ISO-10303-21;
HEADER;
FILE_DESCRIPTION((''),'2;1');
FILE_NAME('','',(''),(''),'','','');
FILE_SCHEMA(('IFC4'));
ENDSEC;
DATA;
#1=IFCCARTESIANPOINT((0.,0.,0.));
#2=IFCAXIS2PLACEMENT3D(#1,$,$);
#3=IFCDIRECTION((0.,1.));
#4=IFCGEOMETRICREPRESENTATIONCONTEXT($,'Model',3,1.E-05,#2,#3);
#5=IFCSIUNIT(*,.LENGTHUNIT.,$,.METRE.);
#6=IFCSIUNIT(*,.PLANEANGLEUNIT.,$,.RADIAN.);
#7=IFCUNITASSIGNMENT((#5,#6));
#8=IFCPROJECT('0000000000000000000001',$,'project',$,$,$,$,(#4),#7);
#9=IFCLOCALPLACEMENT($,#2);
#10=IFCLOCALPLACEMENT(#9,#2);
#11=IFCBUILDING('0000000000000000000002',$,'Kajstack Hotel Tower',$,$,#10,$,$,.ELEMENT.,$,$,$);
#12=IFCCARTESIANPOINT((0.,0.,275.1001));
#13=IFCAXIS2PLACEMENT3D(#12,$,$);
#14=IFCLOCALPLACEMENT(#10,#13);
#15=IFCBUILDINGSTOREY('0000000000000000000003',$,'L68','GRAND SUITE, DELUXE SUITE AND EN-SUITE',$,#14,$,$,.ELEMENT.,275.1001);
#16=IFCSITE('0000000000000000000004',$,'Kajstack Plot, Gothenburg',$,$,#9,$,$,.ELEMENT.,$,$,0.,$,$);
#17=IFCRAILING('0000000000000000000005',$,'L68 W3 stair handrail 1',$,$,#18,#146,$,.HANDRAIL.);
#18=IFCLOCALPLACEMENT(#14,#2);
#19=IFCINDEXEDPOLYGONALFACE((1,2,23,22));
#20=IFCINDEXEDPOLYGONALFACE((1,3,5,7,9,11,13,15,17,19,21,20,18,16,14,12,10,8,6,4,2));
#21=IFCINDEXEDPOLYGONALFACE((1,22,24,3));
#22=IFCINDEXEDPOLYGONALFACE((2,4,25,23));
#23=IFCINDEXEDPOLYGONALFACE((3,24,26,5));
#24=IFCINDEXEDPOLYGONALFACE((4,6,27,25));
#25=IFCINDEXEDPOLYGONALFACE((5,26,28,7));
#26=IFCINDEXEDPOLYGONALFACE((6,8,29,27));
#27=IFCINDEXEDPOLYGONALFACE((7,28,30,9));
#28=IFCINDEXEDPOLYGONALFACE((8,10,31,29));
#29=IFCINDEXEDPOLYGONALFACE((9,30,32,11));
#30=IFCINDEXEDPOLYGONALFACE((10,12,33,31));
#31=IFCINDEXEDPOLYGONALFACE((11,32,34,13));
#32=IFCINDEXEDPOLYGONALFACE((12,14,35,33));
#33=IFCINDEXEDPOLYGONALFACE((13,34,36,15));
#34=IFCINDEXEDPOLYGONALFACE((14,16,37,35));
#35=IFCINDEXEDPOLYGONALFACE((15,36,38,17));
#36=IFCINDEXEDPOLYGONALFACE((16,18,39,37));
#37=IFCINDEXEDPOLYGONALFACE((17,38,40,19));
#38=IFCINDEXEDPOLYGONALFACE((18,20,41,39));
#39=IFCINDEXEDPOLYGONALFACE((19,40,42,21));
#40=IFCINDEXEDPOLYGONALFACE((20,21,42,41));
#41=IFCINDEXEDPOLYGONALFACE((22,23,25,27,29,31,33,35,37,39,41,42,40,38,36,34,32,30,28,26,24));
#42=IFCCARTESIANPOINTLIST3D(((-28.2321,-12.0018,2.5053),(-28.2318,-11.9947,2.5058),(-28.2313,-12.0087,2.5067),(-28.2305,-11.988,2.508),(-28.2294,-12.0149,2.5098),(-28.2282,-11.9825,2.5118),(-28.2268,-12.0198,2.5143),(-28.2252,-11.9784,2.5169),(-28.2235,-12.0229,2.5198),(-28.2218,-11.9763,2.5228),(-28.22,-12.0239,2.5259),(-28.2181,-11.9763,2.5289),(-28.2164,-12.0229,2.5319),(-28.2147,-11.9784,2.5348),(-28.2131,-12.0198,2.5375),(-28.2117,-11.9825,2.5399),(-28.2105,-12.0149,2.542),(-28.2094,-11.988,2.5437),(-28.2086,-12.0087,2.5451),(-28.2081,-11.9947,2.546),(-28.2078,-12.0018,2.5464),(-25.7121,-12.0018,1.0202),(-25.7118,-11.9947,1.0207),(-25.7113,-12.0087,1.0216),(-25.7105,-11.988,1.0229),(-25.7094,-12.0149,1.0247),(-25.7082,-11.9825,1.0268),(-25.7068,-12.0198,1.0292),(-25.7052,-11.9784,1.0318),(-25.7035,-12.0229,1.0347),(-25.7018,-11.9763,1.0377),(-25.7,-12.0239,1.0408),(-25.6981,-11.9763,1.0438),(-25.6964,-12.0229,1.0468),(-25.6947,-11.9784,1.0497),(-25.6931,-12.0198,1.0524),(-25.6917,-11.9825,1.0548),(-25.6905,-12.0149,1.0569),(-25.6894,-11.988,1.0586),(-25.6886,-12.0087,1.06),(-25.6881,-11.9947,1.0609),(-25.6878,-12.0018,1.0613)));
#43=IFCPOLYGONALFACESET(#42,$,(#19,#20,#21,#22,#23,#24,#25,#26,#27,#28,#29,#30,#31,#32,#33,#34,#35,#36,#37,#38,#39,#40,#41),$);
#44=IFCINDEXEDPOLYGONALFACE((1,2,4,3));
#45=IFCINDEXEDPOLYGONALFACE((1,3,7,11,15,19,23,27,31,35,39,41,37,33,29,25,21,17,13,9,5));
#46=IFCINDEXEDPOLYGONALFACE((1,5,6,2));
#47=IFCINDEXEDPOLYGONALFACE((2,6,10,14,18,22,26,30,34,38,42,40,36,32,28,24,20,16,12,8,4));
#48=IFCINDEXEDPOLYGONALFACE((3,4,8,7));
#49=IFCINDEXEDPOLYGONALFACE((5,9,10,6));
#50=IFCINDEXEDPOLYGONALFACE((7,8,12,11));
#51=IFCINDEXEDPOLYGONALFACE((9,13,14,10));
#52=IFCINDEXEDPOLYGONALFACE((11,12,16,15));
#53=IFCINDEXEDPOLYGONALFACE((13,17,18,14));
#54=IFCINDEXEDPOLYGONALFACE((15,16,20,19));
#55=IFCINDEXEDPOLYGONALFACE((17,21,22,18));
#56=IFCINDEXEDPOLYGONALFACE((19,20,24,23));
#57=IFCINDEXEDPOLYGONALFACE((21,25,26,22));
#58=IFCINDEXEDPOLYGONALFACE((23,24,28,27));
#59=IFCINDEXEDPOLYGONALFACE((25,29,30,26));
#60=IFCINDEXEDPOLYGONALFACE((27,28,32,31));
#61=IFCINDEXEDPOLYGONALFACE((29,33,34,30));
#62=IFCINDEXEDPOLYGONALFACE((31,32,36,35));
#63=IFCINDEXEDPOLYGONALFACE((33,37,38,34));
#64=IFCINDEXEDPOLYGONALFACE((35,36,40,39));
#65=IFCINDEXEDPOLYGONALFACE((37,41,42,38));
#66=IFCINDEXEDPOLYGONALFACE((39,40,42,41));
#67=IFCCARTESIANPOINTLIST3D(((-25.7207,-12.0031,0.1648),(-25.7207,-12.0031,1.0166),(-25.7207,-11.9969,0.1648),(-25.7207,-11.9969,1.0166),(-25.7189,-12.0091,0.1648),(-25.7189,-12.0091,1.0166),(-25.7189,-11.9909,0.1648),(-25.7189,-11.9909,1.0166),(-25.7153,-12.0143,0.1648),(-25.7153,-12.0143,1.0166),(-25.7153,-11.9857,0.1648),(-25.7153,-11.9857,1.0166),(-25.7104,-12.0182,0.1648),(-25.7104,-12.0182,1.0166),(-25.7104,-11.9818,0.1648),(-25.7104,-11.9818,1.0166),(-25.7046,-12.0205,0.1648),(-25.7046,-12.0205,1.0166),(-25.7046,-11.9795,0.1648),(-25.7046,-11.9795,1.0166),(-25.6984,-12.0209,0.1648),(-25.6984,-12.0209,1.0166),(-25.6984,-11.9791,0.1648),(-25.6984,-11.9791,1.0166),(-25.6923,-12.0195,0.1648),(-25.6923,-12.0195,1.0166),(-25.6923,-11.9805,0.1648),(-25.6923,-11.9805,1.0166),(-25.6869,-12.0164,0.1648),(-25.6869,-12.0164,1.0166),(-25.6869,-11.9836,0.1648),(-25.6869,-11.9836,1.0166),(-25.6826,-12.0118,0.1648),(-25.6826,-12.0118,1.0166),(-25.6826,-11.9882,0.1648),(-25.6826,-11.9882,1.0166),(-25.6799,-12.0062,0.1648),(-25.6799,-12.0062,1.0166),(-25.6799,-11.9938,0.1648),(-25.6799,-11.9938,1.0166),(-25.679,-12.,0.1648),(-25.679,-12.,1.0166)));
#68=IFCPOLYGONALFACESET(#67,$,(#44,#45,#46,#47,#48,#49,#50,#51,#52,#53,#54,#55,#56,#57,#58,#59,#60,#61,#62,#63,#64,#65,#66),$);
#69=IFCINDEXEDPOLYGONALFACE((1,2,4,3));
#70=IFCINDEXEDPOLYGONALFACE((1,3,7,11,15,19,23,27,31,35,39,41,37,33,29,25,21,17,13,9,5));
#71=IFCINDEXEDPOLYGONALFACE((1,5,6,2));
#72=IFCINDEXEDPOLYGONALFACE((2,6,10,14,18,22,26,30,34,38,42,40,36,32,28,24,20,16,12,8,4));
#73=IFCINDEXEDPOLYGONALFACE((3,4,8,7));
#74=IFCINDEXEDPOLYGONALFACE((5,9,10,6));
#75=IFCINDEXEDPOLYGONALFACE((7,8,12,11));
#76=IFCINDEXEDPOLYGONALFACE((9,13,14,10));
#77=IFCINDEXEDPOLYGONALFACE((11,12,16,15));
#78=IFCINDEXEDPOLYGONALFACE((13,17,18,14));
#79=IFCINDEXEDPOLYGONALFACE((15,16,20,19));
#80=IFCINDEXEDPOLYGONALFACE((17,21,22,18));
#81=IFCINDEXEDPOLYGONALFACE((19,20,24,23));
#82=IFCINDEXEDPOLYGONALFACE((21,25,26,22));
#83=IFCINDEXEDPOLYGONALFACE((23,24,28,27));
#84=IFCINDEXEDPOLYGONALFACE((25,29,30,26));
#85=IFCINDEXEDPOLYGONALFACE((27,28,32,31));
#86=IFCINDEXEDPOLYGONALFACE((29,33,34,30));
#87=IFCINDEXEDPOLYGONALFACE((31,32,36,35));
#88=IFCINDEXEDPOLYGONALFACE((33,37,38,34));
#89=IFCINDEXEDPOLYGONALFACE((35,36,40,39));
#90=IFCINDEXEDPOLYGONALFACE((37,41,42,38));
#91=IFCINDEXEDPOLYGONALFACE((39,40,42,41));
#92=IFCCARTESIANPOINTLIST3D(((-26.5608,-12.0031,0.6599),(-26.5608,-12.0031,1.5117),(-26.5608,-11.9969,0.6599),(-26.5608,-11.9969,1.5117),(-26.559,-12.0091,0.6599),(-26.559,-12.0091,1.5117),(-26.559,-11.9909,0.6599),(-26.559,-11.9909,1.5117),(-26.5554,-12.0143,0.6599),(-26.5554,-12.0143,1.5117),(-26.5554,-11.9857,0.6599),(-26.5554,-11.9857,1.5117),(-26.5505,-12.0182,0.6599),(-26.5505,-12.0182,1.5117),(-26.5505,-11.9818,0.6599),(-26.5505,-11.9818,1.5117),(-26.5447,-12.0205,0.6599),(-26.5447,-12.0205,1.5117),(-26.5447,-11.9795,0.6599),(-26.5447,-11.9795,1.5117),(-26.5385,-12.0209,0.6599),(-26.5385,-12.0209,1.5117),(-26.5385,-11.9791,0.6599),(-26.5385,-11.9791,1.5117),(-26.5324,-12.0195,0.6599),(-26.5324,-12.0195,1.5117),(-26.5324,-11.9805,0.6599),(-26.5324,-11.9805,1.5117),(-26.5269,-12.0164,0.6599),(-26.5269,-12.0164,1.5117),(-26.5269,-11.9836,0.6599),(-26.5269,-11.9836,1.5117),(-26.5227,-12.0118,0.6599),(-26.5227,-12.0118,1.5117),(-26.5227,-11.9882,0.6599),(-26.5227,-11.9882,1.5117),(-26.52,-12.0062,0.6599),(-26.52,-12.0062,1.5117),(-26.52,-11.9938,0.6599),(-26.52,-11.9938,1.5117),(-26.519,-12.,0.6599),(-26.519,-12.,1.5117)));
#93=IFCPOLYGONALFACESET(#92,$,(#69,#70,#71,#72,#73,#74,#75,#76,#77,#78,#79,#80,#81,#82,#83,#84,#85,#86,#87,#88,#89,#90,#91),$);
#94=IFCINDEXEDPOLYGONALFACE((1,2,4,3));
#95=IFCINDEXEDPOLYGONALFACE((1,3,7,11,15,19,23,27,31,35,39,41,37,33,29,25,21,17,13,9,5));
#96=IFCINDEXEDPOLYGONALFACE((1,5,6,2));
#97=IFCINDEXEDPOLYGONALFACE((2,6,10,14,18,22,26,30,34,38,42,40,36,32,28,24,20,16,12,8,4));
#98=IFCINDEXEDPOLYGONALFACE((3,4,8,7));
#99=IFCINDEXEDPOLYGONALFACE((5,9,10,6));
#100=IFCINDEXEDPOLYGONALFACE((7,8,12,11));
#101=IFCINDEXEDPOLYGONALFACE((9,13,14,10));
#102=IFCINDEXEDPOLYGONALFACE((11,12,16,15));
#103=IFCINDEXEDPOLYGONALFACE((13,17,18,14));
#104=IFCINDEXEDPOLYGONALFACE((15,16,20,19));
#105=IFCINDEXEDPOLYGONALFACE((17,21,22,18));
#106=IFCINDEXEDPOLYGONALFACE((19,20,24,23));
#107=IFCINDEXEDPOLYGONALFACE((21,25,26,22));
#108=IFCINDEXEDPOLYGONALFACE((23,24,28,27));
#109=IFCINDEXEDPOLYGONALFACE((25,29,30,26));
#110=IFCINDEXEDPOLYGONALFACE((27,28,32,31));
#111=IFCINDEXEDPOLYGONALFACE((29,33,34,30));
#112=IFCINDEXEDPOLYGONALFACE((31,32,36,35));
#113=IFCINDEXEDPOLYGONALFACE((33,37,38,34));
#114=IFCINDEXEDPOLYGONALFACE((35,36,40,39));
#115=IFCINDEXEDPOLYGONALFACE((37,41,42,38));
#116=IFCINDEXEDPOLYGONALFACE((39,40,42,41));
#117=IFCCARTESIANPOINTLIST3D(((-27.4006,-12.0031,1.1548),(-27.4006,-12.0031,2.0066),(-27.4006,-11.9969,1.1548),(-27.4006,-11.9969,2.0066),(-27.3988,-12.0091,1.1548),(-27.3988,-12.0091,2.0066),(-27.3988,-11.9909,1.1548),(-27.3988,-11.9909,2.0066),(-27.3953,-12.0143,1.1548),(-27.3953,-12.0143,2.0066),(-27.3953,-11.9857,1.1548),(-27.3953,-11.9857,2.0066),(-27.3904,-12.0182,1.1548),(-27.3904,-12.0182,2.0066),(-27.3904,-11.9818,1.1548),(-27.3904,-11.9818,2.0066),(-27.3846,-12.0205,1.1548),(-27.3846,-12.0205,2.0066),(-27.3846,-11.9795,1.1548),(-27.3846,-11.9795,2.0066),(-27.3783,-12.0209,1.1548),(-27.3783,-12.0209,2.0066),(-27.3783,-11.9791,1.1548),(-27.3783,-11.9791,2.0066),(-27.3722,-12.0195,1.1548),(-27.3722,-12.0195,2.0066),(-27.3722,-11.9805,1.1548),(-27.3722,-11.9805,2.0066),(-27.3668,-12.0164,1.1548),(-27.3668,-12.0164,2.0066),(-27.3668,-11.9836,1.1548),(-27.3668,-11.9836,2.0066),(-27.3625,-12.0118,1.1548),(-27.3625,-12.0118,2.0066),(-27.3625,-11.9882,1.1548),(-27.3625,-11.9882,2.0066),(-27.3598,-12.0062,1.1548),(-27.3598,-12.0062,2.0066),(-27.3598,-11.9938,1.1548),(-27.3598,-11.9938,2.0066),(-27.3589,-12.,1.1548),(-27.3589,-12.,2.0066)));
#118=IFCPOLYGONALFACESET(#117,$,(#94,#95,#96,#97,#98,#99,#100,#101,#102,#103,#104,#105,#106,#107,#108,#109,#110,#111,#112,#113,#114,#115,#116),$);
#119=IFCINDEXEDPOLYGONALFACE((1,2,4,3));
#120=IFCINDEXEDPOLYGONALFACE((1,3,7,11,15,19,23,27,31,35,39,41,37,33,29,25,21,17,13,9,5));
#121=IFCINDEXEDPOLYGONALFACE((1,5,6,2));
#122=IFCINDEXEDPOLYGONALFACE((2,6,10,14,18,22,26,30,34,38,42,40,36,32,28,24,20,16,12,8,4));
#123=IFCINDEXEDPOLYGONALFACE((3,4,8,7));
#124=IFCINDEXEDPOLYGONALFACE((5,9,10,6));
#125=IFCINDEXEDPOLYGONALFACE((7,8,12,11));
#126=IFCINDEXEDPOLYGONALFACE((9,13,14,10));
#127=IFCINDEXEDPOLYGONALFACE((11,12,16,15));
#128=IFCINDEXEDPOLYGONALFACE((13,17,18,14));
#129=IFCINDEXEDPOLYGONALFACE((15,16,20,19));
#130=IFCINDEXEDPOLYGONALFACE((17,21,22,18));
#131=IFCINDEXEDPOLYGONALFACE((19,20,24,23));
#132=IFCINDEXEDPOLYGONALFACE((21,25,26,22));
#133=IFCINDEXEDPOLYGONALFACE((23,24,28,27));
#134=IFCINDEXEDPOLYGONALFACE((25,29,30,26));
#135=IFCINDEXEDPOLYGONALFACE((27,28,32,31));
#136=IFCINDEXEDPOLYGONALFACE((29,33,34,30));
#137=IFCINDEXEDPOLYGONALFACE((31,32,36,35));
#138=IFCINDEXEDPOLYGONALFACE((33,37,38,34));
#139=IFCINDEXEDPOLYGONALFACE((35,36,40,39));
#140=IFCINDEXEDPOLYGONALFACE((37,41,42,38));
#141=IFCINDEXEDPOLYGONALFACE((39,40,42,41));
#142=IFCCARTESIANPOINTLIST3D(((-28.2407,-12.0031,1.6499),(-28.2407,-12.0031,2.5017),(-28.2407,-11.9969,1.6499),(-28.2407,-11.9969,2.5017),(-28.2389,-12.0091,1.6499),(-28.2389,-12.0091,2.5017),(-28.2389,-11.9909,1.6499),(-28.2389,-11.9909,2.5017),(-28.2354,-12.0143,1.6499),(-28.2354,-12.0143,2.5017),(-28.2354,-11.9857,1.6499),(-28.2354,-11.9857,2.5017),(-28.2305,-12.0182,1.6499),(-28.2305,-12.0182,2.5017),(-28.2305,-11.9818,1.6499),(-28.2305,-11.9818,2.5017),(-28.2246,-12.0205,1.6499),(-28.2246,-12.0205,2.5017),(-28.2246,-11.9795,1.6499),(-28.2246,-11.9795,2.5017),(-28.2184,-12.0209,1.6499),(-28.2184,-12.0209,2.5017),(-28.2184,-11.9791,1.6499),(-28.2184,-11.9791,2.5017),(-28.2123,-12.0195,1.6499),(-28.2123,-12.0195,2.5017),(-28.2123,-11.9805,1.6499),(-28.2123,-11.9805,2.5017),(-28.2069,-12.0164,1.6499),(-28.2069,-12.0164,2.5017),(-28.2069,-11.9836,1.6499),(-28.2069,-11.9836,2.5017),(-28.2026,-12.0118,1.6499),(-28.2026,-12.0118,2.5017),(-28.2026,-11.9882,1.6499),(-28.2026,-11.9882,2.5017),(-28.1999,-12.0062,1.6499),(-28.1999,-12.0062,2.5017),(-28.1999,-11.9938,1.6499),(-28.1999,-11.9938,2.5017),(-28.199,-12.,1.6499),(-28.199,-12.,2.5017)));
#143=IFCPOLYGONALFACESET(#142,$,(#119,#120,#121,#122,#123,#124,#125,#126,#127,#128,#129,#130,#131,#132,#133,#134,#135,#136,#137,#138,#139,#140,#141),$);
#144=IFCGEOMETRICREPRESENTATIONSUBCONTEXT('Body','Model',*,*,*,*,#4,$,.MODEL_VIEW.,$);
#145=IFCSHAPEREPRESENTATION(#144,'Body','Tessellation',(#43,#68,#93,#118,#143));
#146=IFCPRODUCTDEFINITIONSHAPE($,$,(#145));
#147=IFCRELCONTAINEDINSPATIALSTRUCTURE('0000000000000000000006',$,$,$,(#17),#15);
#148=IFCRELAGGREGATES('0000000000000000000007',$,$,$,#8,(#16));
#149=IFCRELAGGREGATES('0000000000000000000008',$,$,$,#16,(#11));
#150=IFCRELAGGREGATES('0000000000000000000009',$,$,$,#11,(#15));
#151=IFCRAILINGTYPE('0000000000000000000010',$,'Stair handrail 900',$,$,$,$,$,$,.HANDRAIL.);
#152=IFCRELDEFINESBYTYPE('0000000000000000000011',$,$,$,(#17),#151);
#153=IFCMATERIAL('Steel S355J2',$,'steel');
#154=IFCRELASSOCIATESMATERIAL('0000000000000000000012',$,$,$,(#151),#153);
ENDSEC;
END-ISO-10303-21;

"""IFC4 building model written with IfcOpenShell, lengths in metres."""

from ifc_helpers import new_model, si_unit, direction, frame, origin, origin_2d, place, context, subcontext, project, spatial, circle, extrude, material, type_object, element, save


model = new_model("IFC4")

# Units and contexts
model_context = context("Model", 3, precision=1e-05, world=origin(), true_north=direction((0.0, 1.0)))
body_context = subcontext(model_context, "Body", "Model", "MODEL_VIEW")
ifc_project = project(units=[si_unit("LENGTHUNIT", "METRE"), si_unit("PLANEANGLEUNIT", "RADIAN")], contexts=[model_context])

# Site, building, storey
site_placement = place(None, origin())
site = spatial("IfcSite", under=ifc_project, at=site_placement, Name="Kajstack Plot, Gothenburg", CompositionType="ELEMENT", RefElevation=0.0)
building_placement = place(site_placement, origin())
building = spatial("IfcBuilding", under=site, at=building_placement, Name="Kajstack Hotel Tower", CompositionType="ELEMENT")
storey_placement = place(building_placement, frame((0.0, 0.0, 275.1001)))
storey = spatial("IfcBuildingStorey", under=building, at=storey_placement, Name="L68", Description="GRAND SUITE, DELUXE SUITE AND EN-SUITE", CompositionType="ELEMENT", Elevation=275.1001)

# Railing
ifc_material_1 = material(Name="Steel S355J2", Category="steel")
railing_type_1 = type_object("IfcRailingType", Name="Stair handrail 900", PredefinedType="HANDRAIL", material=ifc_material_1)
railing_1_placement = place(storey_placement, frame((-25.7, -12.0, 0.1648)))
element("IfcRailing", 1, at=railing_1_placement, inside=storey, type_object=railing_type_1, Name="L68 W3 stair handrail 1", PredefinedType="HANDRAIL", context=body_context, shape_type="SweptSolid", body=[
    extrude(circle(Radius=0.0239, at=origin_2d()), frame((0.0, 0.0, 0.876), z_axis=(-0.861524, 0.0, 0.507717), x_axis=(0.0, -1.0, 0.0)), (0.0, 0.0, 1.0), 2.925),
    extrude(circle(Radius=0.021, at=origin_2d()), origin(), (0.0, 0.0, 1.0), 0.8518),
    extrude(circle(Radius=0.021, at=origin_2d()), frame((-0.8401, 0.0, 0.4951)), (0.0, 0.0, 1.0), 0.8518),
    extrude(circle(Radius=0.021, at=origin_2d()), frame((-1.6799, 0.0, 0.99)), (0.0, 0.0, 1.0), 0.8518),
    extrude(circle(Radius=0.021, at=origin_2d()), frame((-2.52, 0.0, 1.4851)), (0.0, 0.0, 1.0), 0.8518),
])

save(model, "model.ifc")
